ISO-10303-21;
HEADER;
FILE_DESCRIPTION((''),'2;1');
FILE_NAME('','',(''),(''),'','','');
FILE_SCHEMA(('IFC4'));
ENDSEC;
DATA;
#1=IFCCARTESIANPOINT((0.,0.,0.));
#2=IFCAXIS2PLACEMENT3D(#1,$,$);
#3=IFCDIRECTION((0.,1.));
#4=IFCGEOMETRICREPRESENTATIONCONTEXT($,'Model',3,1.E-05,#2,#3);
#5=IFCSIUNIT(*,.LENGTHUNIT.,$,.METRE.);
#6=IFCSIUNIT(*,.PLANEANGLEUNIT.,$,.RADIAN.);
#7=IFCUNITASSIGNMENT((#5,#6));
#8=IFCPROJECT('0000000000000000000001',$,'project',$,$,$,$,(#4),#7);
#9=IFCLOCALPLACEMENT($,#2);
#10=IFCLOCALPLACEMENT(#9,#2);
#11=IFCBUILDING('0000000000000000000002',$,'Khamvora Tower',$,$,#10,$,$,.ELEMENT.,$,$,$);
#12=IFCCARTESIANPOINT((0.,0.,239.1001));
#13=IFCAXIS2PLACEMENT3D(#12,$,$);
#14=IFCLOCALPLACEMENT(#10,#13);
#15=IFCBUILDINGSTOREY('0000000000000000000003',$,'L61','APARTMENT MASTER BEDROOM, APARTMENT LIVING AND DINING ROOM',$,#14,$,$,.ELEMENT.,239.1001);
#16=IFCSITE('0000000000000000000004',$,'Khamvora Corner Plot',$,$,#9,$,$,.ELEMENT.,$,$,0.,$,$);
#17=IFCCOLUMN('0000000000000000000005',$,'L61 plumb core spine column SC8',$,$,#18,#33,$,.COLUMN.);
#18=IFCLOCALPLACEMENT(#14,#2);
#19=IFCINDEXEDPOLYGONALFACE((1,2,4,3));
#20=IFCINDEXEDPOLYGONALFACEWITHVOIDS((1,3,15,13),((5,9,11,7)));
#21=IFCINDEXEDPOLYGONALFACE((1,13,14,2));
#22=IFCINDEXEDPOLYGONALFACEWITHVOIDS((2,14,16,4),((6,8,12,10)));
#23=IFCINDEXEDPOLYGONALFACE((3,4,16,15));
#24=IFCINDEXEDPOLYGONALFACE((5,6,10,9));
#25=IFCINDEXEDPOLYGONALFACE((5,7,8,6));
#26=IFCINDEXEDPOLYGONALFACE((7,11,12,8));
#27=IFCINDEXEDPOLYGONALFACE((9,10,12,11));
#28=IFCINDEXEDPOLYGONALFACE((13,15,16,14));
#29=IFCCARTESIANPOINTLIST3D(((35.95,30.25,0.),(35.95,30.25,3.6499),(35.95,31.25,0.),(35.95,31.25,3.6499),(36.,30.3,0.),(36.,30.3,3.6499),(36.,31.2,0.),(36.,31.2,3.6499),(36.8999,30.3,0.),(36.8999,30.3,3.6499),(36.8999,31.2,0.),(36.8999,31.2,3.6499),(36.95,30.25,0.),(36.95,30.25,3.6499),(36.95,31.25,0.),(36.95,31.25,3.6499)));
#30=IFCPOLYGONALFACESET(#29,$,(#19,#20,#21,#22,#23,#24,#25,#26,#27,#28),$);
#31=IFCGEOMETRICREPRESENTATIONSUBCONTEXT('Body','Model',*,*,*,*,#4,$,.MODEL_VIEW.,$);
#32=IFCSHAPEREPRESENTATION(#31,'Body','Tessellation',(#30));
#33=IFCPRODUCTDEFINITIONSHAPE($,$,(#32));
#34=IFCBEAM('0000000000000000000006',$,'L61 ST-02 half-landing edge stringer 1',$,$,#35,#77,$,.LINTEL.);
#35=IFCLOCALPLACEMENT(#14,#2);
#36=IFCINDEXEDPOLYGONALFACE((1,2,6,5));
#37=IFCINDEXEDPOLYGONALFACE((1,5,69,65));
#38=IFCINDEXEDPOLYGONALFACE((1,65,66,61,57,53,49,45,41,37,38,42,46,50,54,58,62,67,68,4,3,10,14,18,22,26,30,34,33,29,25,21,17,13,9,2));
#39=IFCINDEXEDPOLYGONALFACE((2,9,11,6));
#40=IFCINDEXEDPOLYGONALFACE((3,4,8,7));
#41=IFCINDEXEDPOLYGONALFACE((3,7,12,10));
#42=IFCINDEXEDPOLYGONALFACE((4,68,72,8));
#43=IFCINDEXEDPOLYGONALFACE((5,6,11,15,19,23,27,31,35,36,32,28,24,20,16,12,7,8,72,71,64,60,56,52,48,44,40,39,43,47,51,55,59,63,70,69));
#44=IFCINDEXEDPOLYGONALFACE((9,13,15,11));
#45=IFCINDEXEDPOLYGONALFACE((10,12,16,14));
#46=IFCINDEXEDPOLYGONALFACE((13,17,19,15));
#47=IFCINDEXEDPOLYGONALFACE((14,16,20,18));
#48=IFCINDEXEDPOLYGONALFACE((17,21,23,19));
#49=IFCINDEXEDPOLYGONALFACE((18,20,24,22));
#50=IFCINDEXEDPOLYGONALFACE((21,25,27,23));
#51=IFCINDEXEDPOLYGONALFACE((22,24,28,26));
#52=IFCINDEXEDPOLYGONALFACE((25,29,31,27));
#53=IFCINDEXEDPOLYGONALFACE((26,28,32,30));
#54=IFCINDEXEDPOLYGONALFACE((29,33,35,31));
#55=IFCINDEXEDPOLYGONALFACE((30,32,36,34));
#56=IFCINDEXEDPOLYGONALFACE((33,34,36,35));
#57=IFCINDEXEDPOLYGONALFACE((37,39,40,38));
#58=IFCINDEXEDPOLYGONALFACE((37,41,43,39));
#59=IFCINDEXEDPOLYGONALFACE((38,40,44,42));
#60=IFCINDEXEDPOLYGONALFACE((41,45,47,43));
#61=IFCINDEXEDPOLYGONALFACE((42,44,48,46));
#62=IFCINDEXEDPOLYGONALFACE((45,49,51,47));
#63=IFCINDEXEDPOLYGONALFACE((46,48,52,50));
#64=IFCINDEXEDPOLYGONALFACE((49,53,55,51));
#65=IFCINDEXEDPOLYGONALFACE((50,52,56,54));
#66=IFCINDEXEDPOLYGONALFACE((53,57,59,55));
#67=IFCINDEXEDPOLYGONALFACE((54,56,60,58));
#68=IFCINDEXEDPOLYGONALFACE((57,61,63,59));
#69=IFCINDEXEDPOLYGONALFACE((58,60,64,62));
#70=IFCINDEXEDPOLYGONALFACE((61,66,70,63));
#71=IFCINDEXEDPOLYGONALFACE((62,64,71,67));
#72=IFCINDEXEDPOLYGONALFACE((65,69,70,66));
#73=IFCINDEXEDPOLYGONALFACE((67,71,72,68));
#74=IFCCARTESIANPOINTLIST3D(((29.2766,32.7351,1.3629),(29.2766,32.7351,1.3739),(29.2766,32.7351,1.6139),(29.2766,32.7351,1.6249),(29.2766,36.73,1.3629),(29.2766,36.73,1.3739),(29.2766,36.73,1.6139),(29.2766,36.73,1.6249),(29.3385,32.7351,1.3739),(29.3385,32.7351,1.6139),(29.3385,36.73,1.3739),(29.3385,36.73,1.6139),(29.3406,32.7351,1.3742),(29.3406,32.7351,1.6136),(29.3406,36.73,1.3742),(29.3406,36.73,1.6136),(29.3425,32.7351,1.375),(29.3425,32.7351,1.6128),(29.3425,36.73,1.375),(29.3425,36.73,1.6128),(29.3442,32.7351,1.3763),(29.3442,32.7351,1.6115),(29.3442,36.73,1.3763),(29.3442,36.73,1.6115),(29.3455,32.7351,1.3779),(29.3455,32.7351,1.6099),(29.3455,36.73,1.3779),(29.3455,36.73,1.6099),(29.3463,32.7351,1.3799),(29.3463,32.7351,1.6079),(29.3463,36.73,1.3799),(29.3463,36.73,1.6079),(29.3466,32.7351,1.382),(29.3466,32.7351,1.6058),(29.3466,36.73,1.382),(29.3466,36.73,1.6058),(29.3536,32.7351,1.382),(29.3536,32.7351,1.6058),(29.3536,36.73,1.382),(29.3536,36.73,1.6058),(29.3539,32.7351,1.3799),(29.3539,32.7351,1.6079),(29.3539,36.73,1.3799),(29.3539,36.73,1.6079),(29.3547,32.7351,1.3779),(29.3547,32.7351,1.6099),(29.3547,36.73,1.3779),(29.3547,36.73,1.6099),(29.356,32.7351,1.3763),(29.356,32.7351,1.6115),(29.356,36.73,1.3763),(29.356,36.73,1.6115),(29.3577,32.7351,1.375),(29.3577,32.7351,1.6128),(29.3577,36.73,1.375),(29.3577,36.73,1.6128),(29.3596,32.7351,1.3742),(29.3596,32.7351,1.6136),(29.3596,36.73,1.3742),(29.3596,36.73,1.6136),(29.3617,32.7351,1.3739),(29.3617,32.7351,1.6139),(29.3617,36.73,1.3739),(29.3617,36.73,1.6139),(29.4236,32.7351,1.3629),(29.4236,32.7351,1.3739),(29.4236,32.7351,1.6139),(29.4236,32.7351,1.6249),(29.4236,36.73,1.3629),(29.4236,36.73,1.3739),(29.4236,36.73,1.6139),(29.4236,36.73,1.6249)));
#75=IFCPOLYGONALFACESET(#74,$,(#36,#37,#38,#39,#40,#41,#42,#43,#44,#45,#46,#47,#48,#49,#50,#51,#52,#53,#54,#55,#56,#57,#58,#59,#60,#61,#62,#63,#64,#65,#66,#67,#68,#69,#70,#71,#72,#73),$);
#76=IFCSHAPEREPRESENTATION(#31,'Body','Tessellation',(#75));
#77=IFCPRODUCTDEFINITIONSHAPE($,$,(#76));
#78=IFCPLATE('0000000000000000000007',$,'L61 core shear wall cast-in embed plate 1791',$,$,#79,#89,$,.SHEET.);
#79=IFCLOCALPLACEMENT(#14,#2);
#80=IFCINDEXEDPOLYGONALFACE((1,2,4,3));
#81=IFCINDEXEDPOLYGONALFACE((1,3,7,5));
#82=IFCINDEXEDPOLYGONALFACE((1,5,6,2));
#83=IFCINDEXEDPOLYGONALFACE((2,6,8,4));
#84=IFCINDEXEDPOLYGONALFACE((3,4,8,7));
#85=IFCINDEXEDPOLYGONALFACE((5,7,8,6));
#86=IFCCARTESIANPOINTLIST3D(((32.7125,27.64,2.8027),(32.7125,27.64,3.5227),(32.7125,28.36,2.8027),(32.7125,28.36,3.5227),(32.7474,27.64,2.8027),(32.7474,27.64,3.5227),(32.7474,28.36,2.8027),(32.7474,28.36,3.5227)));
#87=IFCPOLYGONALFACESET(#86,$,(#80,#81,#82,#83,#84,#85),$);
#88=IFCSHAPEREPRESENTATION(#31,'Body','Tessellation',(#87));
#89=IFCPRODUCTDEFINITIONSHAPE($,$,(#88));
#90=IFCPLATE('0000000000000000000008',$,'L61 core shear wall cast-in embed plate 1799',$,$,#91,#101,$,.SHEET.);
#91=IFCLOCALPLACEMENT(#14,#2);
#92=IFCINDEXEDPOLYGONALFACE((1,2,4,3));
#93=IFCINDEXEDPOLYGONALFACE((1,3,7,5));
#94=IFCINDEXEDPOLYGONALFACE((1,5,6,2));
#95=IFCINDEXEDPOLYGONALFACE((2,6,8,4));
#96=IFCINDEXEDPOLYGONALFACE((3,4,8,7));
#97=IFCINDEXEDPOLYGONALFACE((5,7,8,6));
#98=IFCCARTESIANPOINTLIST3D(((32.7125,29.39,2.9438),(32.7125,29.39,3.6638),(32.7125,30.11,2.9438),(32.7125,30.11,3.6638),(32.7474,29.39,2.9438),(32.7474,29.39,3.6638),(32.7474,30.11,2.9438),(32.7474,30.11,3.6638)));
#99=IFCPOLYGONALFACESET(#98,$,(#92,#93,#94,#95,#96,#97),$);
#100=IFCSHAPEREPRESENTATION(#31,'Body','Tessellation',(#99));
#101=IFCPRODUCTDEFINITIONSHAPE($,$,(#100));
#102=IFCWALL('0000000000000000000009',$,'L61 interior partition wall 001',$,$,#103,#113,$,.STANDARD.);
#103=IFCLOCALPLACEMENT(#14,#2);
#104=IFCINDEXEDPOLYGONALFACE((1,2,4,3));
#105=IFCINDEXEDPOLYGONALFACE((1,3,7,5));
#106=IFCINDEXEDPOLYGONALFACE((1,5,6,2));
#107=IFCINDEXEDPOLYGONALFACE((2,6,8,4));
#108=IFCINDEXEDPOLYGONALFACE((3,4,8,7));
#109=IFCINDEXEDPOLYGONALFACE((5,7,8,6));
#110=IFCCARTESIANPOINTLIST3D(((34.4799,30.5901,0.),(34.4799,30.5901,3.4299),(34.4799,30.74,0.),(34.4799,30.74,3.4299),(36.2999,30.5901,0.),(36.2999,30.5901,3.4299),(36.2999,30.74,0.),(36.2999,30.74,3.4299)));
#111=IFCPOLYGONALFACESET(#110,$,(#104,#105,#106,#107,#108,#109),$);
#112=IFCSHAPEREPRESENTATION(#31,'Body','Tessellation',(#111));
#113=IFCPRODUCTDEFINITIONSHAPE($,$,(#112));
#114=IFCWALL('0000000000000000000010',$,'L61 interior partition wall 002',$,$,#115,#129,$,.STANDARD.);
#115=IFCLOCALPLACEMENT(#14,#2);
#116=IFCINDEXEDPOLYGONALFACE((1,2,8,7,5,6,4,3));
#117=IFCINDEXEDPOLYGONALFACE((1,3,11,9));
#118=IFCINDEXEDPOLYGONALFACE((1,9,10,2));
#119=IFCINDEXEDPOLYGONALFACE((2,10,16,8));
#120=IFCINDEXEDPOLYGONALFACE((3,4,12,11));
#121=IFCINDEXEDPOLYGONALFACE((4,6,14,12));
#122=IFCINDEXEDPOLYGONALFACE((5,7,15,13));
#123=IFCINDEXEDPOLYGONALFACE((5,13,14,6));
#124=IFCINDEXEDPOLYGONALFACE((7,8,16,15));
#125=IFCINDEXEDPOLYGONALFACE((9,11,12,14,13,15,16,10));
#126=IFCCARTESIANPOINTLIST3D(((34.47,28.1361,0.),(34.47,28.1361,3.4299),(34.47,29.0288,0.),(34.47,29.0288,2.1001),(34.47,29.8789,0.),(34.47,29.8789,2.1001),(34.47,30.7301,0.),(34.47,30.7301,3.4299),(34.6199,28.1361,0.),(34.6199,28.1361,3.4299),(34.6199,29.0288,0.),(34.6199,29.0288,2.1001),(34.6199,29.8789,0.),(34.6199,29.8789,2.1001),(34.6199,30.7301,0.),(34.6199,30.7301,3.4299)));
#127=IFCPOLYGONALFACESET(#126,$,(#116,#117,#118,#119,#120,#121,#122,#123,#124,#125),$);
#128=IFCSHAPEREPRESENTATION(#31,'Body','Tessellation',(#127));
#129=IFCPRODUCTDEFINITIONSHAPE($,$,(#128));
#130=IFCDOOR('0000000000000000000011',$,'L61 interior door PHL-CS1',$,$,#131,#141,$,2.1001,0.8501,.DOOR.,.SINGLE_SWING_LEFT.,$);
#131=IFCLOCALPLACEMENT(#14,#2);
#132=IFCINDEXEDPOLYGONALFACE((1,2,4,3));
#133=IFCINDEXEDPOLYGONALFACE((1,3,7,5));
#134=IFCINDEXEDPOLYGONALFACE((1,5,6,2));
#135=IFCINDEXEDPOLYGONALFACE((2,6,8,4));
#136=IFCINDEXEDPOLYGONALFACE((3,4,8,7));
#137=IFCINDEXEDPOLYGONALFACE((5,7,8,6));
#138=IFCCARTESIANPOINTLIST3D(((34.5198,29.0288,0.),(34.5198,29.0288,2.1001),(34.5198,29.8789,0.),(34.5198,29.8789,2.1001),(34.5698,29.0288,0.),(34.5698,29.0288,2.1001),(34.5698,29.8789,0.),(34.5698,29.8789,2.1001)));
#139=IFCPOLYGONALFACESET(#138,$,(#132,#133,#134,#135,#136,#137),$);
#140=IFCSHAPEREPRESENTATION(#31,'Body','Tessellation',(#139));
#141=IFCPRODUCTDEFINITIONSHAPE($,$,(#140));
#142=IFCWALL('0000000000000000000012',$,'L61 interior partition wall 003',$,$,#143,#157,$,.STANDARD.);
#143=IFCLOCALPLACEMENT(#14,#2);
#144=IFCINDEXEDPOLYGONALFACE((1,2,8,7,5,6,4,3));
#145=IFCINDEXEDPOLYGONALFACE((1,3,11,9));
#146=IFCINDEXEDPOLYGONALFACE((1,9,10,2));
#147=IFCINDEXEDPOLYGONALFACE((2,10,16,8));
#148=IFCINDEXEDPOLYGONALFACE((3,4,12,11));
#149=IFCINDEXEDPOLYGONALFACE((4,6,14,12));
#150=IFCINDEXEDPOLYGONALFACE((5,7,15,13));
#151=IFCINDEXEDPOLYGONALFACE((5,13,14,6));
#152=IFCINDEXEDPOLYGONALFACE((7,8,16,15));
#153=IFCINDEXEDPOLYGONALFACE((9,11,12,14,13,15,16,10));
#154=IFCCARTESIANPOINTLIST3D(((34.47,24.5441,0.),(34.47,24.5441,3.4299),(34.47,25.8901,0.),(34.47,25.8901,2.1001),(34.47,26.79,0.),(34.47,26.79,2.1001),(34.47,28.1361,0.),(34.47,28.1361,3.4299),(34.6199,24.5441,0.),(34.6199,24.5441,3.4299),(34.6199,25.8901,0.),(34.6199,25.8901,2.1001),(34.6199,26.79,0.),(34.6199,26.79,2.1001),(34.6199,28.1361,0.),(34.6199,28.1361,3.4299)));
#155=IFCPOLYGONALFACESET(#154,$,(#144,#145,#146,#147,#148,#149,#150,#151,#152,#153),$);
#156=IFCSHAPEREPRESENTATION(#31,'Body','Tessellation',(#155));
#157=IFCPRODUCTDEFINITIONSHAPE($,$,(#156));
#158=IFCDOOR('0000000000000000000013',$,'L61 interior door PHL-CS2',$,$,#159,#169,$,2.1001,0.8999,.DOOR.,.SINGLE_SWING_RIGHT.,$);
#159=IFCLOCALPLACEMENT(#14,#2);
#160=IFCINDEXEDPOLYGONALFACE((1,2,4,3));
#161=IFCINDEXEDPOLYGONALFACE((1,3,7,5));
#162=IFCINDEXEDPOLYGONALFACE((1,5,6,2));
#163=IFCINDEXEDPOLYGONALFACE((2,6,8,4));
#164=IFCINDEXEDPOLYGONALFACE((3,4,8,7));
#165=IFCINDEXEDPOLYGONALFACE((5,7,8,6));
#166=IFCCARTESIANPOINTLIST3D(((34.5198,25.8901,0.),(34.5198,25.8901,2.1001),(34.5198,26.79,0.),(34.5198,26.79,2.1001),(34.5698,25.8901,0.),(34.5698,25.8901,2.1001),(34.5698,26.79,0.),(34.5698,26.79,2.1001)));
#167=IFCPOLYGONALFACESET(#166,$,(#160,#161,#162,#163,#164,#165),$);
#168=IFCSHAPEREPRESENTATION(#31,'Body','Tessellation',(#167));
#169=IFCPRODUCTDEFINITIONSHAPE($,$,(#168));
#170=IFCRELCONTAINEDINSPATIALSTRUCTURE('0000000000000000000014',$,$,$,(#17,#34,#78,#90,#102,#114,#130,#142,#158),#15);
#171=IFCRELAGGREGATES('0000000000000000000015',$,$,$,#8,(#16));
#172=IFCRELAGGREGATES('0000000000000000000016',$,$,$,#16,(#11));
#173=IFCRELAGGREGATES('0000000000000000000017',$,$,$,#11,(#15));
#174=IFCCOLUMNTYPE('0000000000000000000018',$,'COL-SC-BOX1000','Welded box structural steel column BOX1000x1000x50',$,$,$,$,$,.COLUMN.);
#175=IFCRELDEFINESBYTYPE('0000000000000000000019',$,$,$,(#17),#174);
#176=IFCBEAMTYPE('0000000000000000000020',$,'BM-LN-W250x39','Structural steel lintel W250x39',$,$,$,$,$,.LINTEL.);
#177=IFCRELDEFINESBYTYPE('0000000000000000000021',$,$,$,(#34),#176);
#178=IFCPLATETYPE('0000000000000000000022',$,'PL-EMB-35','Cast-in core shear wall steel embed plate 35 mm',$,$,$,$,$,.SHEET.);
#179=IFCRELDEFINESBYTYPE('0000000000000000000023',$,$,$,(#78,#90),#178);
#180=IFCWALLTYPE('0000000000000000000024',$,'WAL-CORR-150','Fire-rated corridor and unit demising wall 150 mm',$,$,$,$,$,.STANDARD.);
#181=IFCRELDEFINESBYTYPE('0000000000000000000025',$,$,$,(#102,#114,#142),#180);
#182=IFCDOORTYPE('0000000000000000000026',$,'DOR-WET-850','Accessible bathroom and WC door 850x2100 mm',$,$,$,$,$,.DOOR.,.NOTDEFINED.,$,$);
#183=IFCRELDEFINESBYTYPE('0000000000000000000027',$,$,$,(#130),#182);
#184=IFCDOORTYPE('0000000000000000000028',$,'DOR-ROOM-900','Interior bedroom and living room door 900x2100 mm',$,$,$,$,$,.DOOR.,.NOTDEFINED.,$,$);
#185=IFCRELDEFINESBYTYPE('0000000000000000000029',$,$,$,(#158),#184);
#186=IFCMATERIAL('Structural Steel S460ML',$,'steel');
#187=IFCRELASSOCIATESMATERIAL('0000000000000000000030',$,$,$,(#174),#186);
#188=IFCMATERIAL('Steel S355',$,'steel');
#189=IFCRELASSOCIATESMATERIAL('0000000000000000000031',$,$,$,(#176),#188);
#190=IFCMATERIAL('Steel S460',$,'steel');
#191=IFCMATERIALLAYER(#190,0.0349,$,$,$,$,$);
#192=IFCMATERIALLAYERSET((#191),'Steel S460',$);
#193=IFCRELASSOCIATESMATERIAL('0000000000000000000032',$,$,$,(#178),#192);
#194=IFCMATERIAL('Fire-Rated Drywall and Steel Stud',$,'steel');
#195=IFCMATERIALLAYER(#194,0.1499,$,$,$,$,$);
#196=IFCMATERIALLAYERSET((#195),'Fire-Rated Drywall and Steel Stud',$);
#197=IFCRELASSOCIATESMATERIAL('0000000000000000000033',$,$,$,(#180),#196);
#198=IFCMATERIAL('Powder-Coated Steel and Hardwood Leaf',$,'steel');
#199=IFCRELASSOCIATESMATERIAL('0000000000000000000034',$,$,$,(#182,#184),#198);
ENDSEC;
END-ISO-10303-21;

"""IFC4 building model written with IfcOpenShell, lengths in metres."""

from ifc_helpers import new_model, si_unit, direction, frame, frame_2d, origin, origin_2d, place, context, subcontext, project, spatial, rectangle, hollow_rectangle, i_section, extrude, material, layer, layer_set, material_profile, profile_set, type_object, element, fill, save


model = new_model("IFC4")

# Units and contexts
model_context = context("Model", 3, precision=1e-05, world=origin(), true_north=direction((0.0, 1.0)))
body_context = subcontext(model_context, "Body", "Model", "MODEL_VIEW")
ifc_project = project(units=[si_unit("LENGTHUNIT", "METRE"), si_unit("PLANEANGLEUNIT", "RADIAN")], contexts=[model_context])

# Site, building, storey
site_placement = place(None, origin())
site = spatial("IfcSite", under=ifc_project, at=site_placement, Name="Khamvora Corner Plot", CompositionType="ELEMENT", RefElevation=0.0)
building_placement = place(site_placement, origin())
building = spatial("IfcBuilding", under=site, at=building_placement, Name="Khamvora Tower", CompositionType="ELEMENT")
storey_placement = place(building_placement, frame((0.0, 0.0, 239.1001)))
storey = spatial("IfcBuildingStorey", under=building, at=storey_placement, Name="L61", Description="APARTMENT MASTER BEDROOM, APARTMENT LIVING AND DINING ROOM", CompositionType="ELEMENT", Elevation=239.1001)

# Column
ifc_material_1 = material(Name="Structural Steel S460ML", Category="steel")
ifc_material_profile_1 = material_profile(ifc_material_1, hollow_rectangle(XDim=1.0, YDim=1.0, WallThickness=0.05, at=origin_2d()), Name="BOX1000x1000x50")
ifc_profile_set_1 = profile_set([ifc_material_profile_1], Name="Structural Steel S460ML")
column_type = type_object("IfcColumnType", Name="COL-SC-BOX1000", Description="Welded box structural steel column BOX1000x1000x50", PredefinedType="COLUMN", material=ifc_profile_set_1)
column_placement = place(storey_placement, frame((36.45, 30.75, 0.0), z_axis=(0.0, 0.0, 1.0), x_axis=(1.0, 0.0, 0.0)))
element("IfcColumn", 1, at=column_placement, inside=storey, type_object=column_type, Name="L61 plumb core spine column SC8", PredefinedType="COLUMN", context=body_context, shape_type="SweptSolid", body=[
    extrude(hollow_rectangle(XDim=1.0, YDim=1.0, WallThickness=0.05, at=origin_2d()), origin(), (0.0, 0.0, 1.0), 3.6499),
])

# Beam
ifc_material_2 = material(Name="Steel S355", Category="steel")
ifc_material_profile_2 = material_profile(ifc_material_2, i_section(OverallWidth=0.147, OverallDepth=0.262, WebThickness=0.0071, FlangeThickness=0.011, FilletRadius=0.0081, at=origin_2d()), Name="W250x39")
ifc_profile_set_2 = profile_set([ifc_material_profile_2], Name="Steel S355")
beam_type = type_object("IfcBeamType", Name="BM-LN-W250x39", Description="Structural steel lintel W250x39", PredefinedType="LINTEL", material=ifc_profile_set_2)
beam_placement = place(storey_placement, frame((29.3501, 32.7351, 1.4939), z_axis=(0.0, 1.0, 0.0), x_axis=(-1.0, 0.0, 0.0)))
element("IfcBeam", 2, at=beam_placement, inside=storey, type_object=beam_type, Name="L61 ST-02 half-landing edge stringer 1", PredefinedType="LINTEL", context=body_context, shape_type="SweptSolid", body=[
    extrude(i_section(OverallWidth=0.147, OverallDepth=0.262, WebThickness=0.0071, FlangeThickness=0.011, FilletRadius=0.0081, at=origin_2d()), origin(), (0.0, 0.0, 1.0), 3.9949),
])

# Plates
ifc_material_3 = material(Name="Steel S460", Category="steel")
ifc_layer_1 = layer(ifc_material_3, 0.0349)
ifc_layer_set_1 = layer_set([ifc_layer_1], Name="Steel S460")
plate_type = type_object("IfcPlateType", Name="PL-EMB-35", Description="Cast-in core shear wall steel embed plate 35 mm", PredefinedType="SHEET", material=ifc_layer_set_1)
for number, where, z_axis, x_axis, name in (
    (3, (32.73, 28.0, 2.8027), (0.0, 0.0, 1.0), (1.0, 0.0, 0.0), "L61 core shear wall cast-in embed plate 1791"),
    (4, (32.73, 29.75, 2.9438), (0.0, 0.0, 1.0), (1.0, 0.0, 0.0), "L61 core shear wall cast-in embed plate 1799"),
):
    element("IfcPlate", number, at=place(storey_placement, frame(where, z_axis=z_axis, x_axis=x_axis)), inside=storey, type_object=plate_type, Name=name, PredefinedType="SHEET", context=body_context, shape_type="SweptSolid", body=[
        extrude(rectangle(XDim=0.0349, YDim=0.72, at=origin_2d()), origin(), (0.0, 0.0, 1.0), 0.72),
    ])

# Shared definitions
ifc_material_4 = material(Name="Powder-Coated Steel and Hardwood Leaf", Category="steel")

# Wall
ifc_material_5 = material(Name="Fire-Rated Drywall and Steel Stud", Category="steel")
ifc_layer_2 = layer(ifc_material_5, 0.1499)
ifc_layer_set_2 = layer_set([ifc_layer_2], Name="Fire-Rated Drywall and Steel Stud")
wall_type_1 = type_object("IfcWallType", Name="WAL-CORR-150", Description="Fire-rated corridor and unit demising wall 150 mm", PredefinedType="STANDARD", material=ifc_layer_set_2)
wall_1_placement = place(storey_placement, frame((36.3, 30.665, 0.0), z_axis=(0.0, 0.0, 1.0), x_axis=(-1.0, 0.0, 0.0)))
element("IfcWall", 5, at=wall_1_placement, inside=storey, type_object=wall_type_1, Name="L61 interior partition wall 001", PredefinedType="STANDARD", context=body_context, shape_type="SweptSolid", body=[
    extrude(rectangle(XDim=1.8201, YDim=0.1499, at=frame_2d((0.9102, 0.0))), origin(), (0.0, 0.0, 1.0), 3.4299),
])

# Walls, openings, doors
wall_2_placement = place(storey_placement, frame((34.5449, 30.73, 0.0), z_axis=(0.0, 0.0, 1.0), x_axis=(0.0, -1.0, 0.0)))
wall_2 = element("IfcWall", 6, at=wall_2_placement, inside=storey, type_object=wall_type_1, Name="L61 interior partition wall 002", PredefinedType="STANDARD", context=body_context, shape_type="SweptSolid", body=[
    extrude(rectangle(XDim=2.594, YDim=0.1499, at=frame_2d((1.2969, 0.0))), origin(), (0.0, 0.0, 1.0), 3.4299),
])
opening_1_placement = place(wall_2_placement, frame((0.8511, 0.0, 0.0)))
opening_1 = element("IfcOpeningElement", 7, at=opening_1_placement, cuts=wall_2, PredefinedType="OPENING", context=body_context, shape_type="SweptSolid", body=[
    extrude(rectangle(XDim=0.8501, YDim=2.1001, at=frame_2d((0.425, 1.05))), frame((0.0, 0.085, 0.0), z_axis=(0.0, -1.0, 0.0), x_axis=(1.0, 0.0, 0.0)), (0.0, 0.0, 1.0), 0.1699),
])
door_type_1 = type_object("IfcDoorType", Name="DOR-WET-850", Description="Accessible bathroom and WC door 850x2100 mm", OperationType="NOTDEFINED", PredefinedType="DOOR", material=ifc_material_4)
door_1_placement = place(opening_1_placement, origin())
door_1 = element("IfcDoor", 8, at=door_1_placement, inside=storey, type_object=door_type_1, Name="L61 interior door PHL-CS1", OperationType="SINGLE_SWING_LEFT", OverallHeight=2.1001, OverallWidth=0.8501, PredefinedType="DOOR", context=body_context, shape_type="SweptSolid", body=[
    extrude(rectangle(XDim=0.8501, YDim=2.1001, at=frame_2d((0.425, 1.05))), frame((0.0, 0.0249, 0.0), z_axis=(0.0, -1.0, 0.0), x_axis=(1.0, 0.0, 0.0)), (0.0, 0.0, 1.0), 0.05),
])
fill(opening_1, door_1)
wall_3_placement = place(storey_placement, frame((34.5449, 28.136, 0.0), z_axis=(0.0, 0.0, 1.0), x_axis=(0.0, -1.0, 0.0)))
wall_3 = element("IfcWall", 9, at=wall_3_placement, inside=storey, type_object=wall_type_1, Name="L61 interior partition wall 003", PredefinedType="STANDARD", context=body_context, shape_type="SweptSolid", body=[
    extrude(rectangle(XDim=3.592, YDim=0.1499, at=frame_2d((1.7959, 0.0))), origin(), (0.0, 0.0, 1.0), 3.4299),
])
opening_2_placement = place(wall_3_placement, frame((1.3459, 0.0, 0.0)))
opening_2 = element("IfcOpeningElement", 10, at=opening_2_placement, cuts=wall_3, PredefinedType="OPENING", context=body_context, shape_type="SweptSolid", body=[
    extrude(rectangle(XDim=0.8999, YDim=2.1001, at=frame_2d((0.45, 1.05))), frame((0.0, 0.085, 0.0), z_axis=(0.0, -1.0, 0.0), x_axis=(1.0, 0.0, 0.0)), (0.0, 0.0, 1.0), 0.1699),
])
door_type_2 = type_object("IfcDoorType", Name="DOR-ROOM-900", Description="Interior bedroom and living room door 900x2100 mm", OperationType="NOTDEFINED", PredefinedType="DOOR", material=ifc_material_4)
door_2_placement = place(opening_2_placement, origin())
door_2 = element("IfcDoor", 11, at=door_2_placement, inside=storey, type_object=door_type_2, Name="L61 interior door PHL-CS2", OperationType="SINGLE_SWING_RIGHT", OverallHeight=2.1001, OverallWidth=0.8999, PredefinedType="DOOR", context=body_context, shape_type="SweptSolid", body=[
    extrude(rectangle(XDim=0.8999, YDim=2.1001, at=frame_2d((0.45, 1.05))), frame((0.0, 0.0249, 0.0), z_axis=(0.0, -1.0, 0.0), x_axis=(1.0, 0.0, 0.0)), (0.0, 0.0, 1.0), 0.05),
])
fill(opening_2, door_2)

save(model, "model.ifc")
